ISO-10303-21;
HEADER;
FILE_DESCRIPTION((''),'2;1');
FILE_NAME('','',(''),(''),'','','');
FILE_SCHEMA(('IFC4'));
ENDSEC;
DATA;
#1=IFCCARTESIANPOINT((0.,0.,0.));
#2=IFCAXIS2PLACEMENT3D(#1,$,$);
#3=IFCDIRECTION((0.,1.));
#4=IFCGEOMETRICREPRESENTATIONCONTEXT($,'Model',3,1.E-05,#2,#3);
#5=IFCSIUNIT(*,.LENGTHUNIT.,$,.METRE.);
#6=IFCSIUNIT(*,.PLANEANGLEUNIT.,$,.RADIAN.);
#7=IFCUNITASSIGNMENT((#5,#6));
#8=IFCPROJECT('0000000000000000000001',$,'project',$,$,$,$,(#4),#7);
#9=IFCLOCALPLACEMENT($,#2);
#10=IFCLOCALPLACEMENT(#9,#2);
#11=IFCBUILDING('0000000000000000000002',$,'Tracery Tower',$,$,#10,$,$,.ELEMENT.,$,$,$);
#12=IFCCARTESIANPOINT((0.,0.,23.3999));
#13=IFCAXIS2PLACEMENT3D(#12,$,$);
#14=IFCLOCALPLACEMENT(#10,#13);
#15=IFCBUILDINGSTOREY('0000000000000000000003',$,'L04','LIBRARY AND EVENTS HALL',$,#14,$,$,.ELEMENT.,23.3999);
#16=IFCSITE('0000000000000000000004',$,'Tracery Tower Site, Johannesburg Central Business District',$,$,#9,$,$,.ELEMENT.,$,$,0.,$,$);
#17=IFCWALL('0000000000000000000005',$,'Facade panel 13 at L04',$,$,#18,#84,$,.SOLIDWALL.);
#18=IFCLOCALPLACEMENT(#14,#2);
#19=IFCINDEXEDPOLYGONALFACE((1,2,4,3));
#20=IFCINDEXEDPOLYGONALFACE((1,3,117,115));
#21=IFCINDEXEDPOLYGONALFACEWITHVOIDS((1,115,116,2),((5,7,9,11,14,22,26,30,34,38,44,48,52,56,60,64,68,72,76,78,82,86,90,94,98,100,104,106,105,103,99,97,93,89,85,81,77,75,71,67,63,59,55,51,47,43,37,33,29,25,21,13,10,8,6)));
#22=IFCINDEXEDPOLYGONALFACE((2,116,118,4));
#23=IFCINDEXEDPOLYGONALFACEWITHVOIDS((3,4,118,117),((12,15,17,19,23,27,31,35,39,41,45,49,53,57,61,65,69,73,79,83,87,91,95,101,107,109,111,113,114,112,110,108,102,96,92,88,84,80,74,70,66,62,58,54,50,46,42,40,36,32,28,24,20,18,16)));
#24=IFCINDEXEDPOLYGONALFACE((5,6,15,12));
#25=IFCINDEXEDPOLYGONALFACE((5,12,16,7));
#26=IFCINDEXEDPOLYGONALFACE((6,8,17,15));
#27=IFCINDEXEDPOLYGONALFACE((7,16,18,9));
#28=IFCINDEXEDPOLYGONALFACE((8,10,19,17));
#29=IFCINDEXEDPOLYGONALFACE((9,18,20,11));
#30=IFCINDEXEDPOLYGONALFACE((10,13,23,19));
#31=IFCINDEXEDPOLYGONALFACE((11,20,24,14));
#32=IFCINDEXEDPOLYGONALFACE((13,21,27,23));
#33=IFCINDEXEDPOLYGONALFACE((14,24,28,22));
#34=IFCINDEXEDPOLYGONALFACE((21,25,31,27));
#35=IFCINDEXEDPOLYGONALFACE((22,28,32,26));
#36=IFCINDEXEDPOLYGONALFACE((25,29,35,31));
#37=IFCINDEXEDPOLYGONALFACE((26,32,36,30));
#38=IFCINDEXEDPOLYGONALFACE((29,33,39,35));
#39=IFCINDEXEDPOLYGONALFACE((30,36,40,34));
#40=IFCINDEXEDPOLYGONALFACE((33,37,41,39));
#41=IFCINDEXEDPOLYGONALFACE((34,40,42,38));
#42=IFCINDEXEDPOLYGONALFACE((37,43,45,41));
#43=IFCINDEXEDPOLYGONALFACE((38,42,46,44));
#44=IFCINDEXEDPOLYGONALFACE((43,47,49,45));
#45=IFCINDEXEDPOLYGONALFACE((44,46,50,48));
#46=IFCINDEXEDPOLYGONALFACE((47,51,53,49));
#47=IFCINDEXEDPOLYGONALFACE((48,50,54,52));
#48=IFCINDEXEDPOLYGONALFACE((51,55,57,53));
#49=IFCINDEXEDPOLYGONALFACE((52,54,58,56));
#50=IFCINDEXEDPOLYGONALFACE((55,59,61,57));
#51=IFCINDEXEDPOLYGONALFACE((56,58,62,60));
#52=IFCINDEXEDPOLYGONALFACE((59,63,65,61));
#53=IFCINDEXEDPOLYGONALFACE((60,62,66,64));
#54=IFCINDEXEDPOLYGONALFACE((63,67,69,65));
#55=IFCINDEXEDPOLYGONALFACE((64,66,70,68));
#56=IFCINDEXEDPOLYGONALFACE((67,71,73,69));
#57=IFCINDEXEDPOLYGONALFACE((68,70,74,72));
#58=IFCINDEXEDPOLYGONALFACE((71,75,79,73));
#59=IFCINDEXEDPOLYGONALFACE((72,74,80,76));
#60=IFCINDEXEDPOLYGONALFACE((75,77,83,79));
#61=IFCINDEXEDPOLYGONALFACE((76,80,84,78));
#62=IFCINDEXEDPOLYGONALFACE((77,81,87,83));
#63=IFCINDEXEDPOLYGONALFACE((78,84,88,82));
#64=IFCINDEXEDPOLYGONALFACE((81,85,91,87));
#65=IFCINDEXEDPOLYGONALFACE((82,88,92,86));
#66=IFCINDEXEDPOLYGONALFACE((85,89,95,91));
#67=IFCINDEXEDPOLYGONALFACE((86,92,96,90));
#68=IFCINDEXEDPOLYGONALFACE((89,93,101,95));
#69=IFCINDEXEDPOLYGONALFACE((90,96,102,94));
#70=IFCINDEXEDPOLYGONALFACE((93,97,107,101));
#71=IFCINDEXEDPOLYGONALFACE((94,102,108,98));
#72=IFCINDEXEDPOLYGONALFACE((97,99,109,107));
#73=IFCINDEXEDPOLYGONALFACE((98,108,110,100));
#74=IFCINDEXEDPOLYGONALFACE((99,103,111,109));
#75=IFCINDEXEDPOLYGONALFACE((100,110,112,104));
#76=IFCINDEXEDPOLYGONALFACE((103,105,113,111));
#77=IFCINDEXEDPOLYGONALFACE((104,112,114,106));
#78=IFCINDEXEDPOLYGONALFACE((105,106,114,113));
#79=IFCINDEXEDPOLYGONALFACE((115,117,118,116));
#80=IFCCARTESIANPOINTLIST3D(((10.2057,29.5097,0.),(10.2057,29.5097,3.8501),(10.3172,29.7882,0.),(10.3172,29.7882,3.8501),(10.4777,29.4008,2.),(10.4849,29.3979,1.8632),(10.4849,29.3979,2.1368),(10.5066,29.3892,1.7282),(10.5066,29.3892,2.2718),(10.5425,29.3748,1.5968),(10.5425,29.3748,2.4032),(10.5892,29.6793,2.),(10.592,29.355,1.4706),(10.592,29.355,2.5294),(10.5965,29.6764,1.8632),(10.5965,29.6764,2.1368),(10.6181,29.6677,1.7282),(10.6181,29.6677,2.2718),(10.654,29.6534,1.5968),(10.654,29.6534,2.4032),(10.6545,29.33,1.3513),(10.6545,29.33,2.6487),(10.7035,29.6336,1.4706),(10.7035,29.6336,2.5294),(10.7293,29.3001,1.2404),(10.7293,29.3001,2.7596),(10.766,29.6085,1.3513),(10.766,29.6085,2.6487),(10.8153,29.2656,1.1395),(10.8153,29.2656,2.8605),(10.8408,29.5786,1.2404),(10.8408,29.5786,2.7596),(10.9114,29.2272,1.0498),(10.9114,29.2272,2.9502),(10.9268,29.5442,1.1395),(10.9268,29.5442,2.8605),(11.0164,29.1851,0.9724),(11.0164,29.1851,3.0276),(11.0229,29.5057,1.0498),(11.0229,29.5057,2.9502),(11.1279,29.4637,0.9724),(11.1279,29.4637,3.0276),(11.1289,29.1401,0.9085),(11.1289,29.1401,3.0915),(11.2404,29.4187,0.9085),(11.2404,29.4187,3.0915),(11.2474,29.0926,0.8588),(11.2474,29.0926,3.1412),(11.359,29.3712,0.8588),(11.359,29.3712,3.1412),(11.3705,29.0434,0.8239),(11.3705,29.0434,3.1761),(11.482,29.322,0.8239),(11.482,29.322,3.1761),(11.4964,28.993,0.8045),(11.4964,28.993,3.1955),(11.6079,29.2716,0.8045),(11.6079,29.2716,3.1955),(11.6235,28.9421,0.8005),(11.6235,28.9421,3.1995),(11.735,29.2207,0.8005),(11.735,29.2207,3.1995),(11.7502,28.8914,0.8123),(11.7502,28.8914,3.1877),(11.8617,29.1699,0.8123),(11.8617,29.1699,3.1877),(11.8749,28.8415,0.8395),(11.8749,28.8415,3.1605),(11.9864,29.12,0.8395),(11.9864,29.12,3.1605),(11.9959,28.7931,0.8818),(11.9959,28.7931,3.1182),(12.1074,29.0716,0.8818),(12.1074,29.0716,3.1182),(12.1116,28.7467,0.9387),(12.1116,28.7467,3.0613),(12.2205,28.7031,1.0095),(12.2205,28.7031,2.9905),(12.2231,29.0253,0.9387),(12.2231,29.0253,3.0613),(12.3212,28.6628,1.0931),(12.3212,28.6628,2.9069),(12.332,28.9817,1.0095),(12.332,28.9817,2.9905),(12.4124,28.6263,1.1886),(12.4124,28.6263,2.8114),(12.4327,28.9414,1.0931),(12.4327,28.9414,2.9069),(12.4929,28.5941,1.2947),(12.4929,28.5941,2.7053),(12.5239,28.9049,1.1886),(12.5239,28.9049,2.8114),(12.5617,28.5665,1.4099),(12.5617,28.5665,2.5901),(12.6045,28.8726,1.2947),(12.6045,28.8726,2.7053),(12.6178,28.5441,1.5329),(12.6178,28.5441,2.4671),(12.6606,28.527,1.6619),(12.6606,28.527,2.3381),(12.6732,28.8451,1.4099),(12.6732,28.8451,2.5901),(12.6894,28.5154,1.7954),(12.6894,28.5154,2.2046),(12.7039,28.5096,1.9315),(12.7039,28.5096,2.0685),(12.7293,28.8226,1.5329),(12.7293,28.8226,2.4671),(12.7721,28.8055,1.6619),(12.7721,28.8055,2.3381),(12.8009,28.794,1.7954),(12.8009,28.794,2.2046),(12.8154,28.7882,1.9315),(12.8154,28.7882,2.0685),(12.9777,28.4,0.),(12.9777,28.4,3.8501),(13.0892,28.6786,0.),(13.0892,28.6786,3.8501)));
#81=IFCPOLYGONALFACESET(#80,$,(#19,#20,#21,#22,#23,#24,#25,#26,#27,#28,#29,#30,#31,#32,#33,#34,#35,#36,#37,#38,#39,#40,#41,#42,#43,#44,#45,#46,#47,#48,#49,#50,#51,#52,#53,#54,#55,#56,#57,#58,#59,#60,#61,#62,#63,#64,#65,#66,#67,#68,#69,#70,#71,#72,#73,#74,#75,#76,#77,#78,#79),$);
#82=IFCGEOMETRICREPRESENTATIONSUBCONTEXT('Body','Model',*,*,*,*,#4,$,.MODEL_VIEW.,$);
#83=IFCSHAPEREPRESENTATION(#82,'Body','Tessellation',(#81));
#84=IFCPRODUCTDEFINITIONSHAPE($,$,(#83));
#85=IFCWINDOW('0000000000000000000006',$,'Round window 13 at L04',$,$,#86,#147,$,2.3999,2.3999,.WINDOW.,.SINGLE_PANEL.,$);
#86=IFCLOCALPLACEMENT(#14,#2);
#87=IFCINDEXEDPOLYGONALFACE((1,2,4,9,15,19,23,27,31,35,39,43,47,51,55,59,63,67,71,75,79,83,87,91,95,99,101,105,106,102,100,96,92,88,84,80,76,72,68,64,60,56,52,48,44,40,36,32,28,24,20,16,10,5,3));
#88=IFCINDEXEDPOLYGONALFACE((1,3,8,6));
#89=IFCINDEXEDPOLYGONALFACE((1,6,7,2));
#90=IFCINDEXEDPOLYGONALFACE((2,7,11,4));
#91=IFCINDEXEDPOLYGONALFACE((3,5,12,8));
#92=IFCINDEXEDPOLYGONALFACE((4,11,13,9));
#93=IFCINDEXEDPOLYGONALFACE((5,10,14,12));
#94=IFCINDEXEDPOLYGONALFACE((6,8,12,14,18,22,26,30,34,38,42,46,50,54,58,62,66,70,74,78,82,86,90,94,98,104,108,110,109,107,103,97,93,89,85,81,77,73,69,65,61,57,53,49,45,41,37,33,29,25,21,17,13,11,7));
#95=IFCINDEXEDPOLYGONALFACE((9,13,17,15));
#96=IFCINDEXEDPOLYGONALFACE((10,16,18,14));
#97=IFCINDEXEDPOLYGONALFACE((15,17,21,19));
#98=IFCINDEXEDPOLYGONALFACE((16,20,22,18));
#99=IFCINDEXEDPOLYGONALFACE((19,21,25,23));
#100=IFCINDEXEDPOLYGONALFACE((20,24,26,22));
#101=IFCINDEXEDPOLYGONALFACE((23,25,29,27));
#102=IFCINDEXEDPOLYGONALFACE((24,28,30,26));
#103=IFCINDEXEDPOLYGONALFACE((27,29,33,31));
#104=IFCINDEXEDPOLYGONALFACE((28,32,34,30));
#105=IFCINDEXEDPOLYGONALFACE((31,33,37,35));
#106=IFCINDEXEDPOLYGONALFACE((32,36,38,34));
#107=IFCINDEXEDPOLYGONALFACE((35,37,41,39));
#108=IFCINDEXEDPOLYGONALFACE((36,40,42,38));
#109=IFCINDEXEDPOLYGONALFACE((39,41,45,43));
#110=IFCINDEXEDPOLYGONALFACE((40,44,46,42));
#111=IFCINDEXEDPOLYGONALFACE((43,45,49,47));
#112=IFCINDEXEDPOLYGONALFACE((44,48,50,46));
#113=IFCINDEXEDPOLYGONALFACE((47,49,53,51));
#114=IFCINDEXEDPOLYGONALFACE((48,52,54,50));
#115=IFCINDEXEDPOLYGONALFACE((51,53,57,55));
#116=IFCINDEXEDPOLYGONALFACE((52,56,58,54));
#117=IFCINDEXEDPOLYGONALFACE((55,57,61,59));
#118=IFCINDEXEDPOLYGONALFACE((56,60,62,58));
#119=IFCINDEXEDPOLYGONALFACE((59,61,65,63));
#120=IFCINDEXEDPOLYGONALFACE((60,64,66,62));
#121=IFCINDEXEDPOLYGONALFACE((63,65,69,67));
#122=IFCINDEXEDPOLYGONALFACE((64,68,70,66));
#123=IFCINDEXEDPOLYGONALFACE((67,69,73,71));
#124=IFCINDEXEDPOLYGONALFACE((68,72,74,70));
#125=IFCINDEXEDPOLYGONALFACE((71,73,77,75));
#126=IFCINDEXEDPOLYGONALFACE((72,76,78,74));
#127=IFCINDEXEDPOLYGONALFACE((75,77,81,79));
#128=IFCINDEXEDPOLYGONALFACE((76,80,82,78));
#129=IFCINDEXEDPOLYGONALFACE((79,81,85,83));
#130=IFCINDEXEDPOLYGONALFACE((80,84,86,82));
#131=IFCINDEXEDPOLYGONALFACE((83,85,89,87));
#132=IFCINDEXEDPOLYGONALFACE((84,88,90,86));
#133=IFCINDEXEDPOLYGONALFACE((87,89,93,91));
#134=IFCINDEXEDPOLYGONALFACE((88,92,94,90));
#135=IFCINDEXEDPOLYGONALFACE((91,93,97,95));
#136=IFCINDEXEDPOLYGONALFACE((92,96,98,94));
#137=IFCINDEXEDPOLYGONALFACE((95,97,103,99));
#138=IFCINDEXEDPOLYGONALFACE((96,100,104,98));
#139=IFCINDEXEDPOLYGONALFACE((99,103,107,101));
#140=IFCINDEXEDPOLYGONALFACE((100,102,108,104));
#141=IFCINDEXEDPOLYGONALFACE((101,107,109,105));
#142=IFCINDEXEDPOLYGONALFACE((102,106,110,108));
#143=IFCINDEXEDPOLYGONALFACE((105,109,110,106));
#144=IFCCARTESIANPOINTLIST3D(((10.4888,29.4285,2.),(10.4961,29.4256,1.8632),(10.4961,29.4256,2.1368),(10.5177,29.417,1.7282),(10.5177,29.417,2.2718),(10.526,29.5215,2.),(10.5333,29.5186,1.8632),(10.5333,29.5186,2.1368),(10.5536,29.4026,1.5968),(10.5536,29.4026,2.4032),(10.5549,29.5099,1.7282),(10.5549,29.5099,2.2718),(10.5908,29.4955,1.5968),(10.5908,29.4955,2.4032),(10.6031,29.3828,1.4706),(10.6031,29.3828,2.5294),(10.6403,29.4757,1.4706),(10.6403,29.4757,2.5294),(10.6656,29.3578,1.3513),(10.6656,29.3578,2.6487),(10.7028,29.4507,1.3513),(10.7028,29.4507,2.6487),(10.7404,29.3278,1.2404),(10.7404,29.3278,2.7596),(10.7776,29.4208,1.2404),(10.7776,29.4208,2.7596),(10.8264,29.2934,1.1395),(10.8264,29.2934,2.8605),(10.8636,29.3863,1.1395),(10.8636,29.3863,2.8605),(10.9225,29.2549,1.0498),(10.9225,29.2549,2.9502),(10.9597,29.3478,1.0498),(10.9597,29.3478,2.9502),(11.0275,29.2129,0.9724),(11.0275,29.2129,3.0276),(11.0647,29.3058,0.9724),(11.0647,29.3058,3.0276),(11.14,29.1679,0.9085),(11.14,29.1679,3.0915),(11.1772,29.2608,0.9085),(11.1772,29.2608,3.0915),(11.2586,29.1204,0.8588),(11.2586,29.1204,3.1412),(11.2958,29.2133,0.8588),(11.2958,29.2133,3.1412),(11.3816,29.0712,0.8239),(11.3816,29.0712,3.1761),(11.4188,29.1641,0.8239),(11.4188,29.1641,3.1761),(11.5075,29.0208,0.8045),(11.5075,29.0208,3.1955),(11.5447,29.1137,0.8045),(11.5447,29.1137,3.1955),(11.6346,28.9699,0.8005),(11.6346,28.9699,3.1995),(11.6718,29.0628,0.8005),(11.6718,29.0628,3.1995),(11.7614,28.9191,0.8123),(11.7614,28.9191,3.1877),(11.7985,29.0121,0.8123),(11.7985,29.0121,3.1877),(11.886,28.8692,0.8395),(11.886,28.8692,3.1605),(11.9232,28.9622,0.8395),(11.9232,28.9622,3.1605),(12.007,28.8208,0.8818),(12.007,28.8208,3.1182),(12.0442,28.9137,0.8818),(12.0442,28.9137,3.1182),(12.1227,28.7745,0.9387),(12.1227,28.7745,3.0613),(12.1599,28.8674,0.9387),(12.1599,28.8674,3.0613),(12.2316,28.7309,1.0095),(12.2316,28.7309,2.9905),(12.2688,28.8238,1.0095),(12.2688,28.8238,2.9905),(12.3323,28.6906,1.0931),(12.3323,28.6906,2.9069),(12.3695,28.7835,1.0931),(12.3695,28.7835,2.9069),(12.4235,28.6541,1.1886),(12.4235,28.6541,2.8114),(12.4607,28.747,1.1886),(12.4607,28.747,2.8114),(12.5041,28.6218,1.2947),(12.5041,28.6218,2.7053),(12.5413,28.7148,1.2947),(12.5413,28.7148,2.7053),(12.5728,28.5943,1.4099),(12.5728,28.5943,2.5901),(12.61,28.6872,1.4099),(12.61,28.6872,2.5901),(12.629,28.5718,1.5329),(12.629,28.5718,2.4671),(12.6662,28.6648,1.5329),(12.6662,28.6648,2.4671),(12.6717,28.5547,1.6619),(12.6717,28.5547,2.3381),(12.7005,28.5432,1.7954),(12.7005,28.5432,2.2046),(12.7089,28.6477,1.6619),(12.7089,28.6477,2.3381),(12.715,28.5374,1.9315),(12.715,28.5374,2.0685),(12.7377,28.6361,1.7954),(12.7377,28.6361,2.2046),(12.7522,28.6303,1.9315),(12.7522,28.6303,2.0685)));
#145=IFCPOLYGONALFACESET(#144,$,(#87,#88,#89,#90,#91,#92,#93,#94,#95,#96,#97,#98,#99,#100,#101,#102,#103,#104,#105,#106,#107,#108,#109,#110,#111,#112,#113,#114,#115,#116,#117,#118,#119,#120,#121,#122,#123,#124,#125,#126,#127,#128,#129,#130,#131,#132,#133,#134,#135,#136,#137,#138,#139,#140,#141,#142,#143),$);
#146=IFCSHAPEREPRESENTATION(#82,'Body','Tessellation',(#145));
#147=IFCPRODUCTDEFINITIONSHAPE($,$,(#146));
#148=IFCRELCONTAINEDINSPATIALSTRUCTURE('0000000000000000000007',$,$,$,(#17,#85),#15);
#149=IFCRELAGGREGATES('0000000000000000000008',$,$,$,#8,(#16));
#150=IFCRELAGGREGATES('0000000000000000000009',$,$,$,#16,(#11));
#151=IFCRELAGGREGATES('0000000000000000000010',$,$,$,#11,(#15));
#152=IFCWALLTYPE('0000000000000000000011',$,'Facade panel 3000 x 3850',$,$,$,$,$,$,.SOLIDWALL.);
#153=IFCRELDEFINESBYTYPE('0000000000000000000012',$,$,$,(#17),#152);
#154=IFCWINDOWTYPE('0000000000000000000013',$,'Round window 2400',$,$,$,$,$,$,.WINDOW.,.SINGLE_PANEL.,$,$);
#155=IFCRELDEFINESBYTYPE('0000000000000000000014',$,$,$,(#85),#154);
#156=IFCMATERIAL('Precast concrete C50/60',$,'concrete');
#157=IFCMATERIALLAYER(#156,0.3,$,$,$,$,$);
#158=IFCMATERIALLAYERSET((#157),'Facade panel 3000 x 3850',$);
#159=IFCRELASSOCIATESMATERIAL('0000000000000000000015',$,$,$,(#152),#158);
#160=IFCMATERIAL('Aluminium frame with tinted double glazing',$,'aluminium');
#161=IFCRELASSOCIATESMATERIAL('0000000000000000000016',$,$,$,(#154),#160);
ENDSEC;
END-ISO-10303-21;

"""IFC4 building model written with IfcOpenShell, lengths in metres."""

from ifc_helpers import new_model, si_unit, direction, frame, frame_2d, origin, origin_2d, place, context, subcontext, project, spatial, rectangle, circle, extrude, material, layer, layer_set, type_object, element, fill, save


model = new_model("IFC4")

# Units and contexts
model_context = context("Model", 3, precision=1e-05, world=origin(), true_north=direction((0.0, 1.0)))
body_context = subcontext(model_context, "Body", "Model", "MODEL_VIEW")
ifc_project = project(units=[si_unit("LENGTHUNIT", "METRE"), si_unit("PLANEANGLEUNIT", "RADIAN")], contexts=[model_context])

# Site, building, storey
site_placement = place(None, origin())
site = spatial("IfcSite", under=ifc_project, at=site_placement, Name="Tracery Tower Site, Johannesburg Central Business District", CompositionType="ELEMENT", RefElevation=0.0)
building_placement = place(site_placement, origin())
building = spatial("IfcBuilding", under=site, at=building_placement, Name="Tracery Tower", CompositionType="ELEMENT")
storey_placement = place(building_placement, frame((0.0, 0.0, 23.3999)))
storey = spatial("IfcBuildingStorey", under=building, at=storey_placement, Name="L04", Description="LIBRARY AND EVENTS HALL", CompositionType="ELEMENT", Elevation=23.3999)

# Wall, opening, window
ifc_material_1 = material(Name="Precast concrete C50/60", Category="concrete")
ifc_layer_1 = layer(ifc_material_1, 0.3)
ifc_layer_set_1 = layer_set([ifc_layer_1], Name="Facade panel 3000 x 3850")
wall_type_1 = type_object("IfcWallType", Name="Facade panel 3000 x 3850", PredefinedType="SOLIDWALL", material=ifc_layer_set_1)
ifc_material_2 = material(Name="Aluminium frame with tinted double glazing", Category="aluminium")
window_type = type_object("IfcWindowType", Name="Round window 2400", PartitioningType="SINGLE_PANEL", PredefinedType="WINDOW", material=ifc_material_2)
wall_1_placement = place(storey_placement, frame((13.0334, 28.5393, 0.0), z_axis=(0.0, 0.0, 1.0), x_axis=(-0.928381, 0.37163, 0.0)))
wall_1 = element("IfcWall", 1, at=wall_1_placement, inside=storey, type_object=wall_type_1, Name="Facade panel 13 at L04", PredefinedType="SOLIDWALL", context=body_context, shape_type="SweptSolid", body=[
    extrude(rectangle(XDim=2.9858, YDim=0.3, at=frame_2d((1.4929, 0.0))), origin(), (0.0, 0.0, 1.0), 3.8501),
])
opening_1_placement = place(wall_1_placement, frame((1.4929, 0.0, 2.0)))
opening_1 = element("IfcOpeningElement", 2, at=opening_1_placement, cuts=wall_1, PredefinedType="OPENING", context=body_context, shape_type="SweptSolid", body=[
    extrude(circle(Radius=1.2, at=origin_2d()), frame((0.0, 0.1599, 0.0), z_axis=(0.0, -1.0, 0.0), x_axis=(1.0, 0.0, 0.0)), (0.0, 0.0, 1.0), 0.3201),
])
window_1_placement = place(opening_1_placement, origin())
window_1 = element("IfcWindow", 3, at=window_1_placement, inside=storey, type_object=window_type, Name="Round window 13 at L04", OverallHeight=2.3999, OverallWidth=2.3999, PartitioningType="SINGLE_PANEL", PredefinedType="WINDOW", context=body_context, shape_type="SweptSolid", body=[
    extrude(circle(Radius=1.2, at=origin_2d()), frame((0.0, 0.1201, 0.0), z_axis=(0.0, -1.0, 0.0), x_axis=(1.0, 0.0, 0.0)), (0.0, 0.0, 1.0), 0.1001),
])
fill(opening_1, window_1)

save(model, "model.ifc")
